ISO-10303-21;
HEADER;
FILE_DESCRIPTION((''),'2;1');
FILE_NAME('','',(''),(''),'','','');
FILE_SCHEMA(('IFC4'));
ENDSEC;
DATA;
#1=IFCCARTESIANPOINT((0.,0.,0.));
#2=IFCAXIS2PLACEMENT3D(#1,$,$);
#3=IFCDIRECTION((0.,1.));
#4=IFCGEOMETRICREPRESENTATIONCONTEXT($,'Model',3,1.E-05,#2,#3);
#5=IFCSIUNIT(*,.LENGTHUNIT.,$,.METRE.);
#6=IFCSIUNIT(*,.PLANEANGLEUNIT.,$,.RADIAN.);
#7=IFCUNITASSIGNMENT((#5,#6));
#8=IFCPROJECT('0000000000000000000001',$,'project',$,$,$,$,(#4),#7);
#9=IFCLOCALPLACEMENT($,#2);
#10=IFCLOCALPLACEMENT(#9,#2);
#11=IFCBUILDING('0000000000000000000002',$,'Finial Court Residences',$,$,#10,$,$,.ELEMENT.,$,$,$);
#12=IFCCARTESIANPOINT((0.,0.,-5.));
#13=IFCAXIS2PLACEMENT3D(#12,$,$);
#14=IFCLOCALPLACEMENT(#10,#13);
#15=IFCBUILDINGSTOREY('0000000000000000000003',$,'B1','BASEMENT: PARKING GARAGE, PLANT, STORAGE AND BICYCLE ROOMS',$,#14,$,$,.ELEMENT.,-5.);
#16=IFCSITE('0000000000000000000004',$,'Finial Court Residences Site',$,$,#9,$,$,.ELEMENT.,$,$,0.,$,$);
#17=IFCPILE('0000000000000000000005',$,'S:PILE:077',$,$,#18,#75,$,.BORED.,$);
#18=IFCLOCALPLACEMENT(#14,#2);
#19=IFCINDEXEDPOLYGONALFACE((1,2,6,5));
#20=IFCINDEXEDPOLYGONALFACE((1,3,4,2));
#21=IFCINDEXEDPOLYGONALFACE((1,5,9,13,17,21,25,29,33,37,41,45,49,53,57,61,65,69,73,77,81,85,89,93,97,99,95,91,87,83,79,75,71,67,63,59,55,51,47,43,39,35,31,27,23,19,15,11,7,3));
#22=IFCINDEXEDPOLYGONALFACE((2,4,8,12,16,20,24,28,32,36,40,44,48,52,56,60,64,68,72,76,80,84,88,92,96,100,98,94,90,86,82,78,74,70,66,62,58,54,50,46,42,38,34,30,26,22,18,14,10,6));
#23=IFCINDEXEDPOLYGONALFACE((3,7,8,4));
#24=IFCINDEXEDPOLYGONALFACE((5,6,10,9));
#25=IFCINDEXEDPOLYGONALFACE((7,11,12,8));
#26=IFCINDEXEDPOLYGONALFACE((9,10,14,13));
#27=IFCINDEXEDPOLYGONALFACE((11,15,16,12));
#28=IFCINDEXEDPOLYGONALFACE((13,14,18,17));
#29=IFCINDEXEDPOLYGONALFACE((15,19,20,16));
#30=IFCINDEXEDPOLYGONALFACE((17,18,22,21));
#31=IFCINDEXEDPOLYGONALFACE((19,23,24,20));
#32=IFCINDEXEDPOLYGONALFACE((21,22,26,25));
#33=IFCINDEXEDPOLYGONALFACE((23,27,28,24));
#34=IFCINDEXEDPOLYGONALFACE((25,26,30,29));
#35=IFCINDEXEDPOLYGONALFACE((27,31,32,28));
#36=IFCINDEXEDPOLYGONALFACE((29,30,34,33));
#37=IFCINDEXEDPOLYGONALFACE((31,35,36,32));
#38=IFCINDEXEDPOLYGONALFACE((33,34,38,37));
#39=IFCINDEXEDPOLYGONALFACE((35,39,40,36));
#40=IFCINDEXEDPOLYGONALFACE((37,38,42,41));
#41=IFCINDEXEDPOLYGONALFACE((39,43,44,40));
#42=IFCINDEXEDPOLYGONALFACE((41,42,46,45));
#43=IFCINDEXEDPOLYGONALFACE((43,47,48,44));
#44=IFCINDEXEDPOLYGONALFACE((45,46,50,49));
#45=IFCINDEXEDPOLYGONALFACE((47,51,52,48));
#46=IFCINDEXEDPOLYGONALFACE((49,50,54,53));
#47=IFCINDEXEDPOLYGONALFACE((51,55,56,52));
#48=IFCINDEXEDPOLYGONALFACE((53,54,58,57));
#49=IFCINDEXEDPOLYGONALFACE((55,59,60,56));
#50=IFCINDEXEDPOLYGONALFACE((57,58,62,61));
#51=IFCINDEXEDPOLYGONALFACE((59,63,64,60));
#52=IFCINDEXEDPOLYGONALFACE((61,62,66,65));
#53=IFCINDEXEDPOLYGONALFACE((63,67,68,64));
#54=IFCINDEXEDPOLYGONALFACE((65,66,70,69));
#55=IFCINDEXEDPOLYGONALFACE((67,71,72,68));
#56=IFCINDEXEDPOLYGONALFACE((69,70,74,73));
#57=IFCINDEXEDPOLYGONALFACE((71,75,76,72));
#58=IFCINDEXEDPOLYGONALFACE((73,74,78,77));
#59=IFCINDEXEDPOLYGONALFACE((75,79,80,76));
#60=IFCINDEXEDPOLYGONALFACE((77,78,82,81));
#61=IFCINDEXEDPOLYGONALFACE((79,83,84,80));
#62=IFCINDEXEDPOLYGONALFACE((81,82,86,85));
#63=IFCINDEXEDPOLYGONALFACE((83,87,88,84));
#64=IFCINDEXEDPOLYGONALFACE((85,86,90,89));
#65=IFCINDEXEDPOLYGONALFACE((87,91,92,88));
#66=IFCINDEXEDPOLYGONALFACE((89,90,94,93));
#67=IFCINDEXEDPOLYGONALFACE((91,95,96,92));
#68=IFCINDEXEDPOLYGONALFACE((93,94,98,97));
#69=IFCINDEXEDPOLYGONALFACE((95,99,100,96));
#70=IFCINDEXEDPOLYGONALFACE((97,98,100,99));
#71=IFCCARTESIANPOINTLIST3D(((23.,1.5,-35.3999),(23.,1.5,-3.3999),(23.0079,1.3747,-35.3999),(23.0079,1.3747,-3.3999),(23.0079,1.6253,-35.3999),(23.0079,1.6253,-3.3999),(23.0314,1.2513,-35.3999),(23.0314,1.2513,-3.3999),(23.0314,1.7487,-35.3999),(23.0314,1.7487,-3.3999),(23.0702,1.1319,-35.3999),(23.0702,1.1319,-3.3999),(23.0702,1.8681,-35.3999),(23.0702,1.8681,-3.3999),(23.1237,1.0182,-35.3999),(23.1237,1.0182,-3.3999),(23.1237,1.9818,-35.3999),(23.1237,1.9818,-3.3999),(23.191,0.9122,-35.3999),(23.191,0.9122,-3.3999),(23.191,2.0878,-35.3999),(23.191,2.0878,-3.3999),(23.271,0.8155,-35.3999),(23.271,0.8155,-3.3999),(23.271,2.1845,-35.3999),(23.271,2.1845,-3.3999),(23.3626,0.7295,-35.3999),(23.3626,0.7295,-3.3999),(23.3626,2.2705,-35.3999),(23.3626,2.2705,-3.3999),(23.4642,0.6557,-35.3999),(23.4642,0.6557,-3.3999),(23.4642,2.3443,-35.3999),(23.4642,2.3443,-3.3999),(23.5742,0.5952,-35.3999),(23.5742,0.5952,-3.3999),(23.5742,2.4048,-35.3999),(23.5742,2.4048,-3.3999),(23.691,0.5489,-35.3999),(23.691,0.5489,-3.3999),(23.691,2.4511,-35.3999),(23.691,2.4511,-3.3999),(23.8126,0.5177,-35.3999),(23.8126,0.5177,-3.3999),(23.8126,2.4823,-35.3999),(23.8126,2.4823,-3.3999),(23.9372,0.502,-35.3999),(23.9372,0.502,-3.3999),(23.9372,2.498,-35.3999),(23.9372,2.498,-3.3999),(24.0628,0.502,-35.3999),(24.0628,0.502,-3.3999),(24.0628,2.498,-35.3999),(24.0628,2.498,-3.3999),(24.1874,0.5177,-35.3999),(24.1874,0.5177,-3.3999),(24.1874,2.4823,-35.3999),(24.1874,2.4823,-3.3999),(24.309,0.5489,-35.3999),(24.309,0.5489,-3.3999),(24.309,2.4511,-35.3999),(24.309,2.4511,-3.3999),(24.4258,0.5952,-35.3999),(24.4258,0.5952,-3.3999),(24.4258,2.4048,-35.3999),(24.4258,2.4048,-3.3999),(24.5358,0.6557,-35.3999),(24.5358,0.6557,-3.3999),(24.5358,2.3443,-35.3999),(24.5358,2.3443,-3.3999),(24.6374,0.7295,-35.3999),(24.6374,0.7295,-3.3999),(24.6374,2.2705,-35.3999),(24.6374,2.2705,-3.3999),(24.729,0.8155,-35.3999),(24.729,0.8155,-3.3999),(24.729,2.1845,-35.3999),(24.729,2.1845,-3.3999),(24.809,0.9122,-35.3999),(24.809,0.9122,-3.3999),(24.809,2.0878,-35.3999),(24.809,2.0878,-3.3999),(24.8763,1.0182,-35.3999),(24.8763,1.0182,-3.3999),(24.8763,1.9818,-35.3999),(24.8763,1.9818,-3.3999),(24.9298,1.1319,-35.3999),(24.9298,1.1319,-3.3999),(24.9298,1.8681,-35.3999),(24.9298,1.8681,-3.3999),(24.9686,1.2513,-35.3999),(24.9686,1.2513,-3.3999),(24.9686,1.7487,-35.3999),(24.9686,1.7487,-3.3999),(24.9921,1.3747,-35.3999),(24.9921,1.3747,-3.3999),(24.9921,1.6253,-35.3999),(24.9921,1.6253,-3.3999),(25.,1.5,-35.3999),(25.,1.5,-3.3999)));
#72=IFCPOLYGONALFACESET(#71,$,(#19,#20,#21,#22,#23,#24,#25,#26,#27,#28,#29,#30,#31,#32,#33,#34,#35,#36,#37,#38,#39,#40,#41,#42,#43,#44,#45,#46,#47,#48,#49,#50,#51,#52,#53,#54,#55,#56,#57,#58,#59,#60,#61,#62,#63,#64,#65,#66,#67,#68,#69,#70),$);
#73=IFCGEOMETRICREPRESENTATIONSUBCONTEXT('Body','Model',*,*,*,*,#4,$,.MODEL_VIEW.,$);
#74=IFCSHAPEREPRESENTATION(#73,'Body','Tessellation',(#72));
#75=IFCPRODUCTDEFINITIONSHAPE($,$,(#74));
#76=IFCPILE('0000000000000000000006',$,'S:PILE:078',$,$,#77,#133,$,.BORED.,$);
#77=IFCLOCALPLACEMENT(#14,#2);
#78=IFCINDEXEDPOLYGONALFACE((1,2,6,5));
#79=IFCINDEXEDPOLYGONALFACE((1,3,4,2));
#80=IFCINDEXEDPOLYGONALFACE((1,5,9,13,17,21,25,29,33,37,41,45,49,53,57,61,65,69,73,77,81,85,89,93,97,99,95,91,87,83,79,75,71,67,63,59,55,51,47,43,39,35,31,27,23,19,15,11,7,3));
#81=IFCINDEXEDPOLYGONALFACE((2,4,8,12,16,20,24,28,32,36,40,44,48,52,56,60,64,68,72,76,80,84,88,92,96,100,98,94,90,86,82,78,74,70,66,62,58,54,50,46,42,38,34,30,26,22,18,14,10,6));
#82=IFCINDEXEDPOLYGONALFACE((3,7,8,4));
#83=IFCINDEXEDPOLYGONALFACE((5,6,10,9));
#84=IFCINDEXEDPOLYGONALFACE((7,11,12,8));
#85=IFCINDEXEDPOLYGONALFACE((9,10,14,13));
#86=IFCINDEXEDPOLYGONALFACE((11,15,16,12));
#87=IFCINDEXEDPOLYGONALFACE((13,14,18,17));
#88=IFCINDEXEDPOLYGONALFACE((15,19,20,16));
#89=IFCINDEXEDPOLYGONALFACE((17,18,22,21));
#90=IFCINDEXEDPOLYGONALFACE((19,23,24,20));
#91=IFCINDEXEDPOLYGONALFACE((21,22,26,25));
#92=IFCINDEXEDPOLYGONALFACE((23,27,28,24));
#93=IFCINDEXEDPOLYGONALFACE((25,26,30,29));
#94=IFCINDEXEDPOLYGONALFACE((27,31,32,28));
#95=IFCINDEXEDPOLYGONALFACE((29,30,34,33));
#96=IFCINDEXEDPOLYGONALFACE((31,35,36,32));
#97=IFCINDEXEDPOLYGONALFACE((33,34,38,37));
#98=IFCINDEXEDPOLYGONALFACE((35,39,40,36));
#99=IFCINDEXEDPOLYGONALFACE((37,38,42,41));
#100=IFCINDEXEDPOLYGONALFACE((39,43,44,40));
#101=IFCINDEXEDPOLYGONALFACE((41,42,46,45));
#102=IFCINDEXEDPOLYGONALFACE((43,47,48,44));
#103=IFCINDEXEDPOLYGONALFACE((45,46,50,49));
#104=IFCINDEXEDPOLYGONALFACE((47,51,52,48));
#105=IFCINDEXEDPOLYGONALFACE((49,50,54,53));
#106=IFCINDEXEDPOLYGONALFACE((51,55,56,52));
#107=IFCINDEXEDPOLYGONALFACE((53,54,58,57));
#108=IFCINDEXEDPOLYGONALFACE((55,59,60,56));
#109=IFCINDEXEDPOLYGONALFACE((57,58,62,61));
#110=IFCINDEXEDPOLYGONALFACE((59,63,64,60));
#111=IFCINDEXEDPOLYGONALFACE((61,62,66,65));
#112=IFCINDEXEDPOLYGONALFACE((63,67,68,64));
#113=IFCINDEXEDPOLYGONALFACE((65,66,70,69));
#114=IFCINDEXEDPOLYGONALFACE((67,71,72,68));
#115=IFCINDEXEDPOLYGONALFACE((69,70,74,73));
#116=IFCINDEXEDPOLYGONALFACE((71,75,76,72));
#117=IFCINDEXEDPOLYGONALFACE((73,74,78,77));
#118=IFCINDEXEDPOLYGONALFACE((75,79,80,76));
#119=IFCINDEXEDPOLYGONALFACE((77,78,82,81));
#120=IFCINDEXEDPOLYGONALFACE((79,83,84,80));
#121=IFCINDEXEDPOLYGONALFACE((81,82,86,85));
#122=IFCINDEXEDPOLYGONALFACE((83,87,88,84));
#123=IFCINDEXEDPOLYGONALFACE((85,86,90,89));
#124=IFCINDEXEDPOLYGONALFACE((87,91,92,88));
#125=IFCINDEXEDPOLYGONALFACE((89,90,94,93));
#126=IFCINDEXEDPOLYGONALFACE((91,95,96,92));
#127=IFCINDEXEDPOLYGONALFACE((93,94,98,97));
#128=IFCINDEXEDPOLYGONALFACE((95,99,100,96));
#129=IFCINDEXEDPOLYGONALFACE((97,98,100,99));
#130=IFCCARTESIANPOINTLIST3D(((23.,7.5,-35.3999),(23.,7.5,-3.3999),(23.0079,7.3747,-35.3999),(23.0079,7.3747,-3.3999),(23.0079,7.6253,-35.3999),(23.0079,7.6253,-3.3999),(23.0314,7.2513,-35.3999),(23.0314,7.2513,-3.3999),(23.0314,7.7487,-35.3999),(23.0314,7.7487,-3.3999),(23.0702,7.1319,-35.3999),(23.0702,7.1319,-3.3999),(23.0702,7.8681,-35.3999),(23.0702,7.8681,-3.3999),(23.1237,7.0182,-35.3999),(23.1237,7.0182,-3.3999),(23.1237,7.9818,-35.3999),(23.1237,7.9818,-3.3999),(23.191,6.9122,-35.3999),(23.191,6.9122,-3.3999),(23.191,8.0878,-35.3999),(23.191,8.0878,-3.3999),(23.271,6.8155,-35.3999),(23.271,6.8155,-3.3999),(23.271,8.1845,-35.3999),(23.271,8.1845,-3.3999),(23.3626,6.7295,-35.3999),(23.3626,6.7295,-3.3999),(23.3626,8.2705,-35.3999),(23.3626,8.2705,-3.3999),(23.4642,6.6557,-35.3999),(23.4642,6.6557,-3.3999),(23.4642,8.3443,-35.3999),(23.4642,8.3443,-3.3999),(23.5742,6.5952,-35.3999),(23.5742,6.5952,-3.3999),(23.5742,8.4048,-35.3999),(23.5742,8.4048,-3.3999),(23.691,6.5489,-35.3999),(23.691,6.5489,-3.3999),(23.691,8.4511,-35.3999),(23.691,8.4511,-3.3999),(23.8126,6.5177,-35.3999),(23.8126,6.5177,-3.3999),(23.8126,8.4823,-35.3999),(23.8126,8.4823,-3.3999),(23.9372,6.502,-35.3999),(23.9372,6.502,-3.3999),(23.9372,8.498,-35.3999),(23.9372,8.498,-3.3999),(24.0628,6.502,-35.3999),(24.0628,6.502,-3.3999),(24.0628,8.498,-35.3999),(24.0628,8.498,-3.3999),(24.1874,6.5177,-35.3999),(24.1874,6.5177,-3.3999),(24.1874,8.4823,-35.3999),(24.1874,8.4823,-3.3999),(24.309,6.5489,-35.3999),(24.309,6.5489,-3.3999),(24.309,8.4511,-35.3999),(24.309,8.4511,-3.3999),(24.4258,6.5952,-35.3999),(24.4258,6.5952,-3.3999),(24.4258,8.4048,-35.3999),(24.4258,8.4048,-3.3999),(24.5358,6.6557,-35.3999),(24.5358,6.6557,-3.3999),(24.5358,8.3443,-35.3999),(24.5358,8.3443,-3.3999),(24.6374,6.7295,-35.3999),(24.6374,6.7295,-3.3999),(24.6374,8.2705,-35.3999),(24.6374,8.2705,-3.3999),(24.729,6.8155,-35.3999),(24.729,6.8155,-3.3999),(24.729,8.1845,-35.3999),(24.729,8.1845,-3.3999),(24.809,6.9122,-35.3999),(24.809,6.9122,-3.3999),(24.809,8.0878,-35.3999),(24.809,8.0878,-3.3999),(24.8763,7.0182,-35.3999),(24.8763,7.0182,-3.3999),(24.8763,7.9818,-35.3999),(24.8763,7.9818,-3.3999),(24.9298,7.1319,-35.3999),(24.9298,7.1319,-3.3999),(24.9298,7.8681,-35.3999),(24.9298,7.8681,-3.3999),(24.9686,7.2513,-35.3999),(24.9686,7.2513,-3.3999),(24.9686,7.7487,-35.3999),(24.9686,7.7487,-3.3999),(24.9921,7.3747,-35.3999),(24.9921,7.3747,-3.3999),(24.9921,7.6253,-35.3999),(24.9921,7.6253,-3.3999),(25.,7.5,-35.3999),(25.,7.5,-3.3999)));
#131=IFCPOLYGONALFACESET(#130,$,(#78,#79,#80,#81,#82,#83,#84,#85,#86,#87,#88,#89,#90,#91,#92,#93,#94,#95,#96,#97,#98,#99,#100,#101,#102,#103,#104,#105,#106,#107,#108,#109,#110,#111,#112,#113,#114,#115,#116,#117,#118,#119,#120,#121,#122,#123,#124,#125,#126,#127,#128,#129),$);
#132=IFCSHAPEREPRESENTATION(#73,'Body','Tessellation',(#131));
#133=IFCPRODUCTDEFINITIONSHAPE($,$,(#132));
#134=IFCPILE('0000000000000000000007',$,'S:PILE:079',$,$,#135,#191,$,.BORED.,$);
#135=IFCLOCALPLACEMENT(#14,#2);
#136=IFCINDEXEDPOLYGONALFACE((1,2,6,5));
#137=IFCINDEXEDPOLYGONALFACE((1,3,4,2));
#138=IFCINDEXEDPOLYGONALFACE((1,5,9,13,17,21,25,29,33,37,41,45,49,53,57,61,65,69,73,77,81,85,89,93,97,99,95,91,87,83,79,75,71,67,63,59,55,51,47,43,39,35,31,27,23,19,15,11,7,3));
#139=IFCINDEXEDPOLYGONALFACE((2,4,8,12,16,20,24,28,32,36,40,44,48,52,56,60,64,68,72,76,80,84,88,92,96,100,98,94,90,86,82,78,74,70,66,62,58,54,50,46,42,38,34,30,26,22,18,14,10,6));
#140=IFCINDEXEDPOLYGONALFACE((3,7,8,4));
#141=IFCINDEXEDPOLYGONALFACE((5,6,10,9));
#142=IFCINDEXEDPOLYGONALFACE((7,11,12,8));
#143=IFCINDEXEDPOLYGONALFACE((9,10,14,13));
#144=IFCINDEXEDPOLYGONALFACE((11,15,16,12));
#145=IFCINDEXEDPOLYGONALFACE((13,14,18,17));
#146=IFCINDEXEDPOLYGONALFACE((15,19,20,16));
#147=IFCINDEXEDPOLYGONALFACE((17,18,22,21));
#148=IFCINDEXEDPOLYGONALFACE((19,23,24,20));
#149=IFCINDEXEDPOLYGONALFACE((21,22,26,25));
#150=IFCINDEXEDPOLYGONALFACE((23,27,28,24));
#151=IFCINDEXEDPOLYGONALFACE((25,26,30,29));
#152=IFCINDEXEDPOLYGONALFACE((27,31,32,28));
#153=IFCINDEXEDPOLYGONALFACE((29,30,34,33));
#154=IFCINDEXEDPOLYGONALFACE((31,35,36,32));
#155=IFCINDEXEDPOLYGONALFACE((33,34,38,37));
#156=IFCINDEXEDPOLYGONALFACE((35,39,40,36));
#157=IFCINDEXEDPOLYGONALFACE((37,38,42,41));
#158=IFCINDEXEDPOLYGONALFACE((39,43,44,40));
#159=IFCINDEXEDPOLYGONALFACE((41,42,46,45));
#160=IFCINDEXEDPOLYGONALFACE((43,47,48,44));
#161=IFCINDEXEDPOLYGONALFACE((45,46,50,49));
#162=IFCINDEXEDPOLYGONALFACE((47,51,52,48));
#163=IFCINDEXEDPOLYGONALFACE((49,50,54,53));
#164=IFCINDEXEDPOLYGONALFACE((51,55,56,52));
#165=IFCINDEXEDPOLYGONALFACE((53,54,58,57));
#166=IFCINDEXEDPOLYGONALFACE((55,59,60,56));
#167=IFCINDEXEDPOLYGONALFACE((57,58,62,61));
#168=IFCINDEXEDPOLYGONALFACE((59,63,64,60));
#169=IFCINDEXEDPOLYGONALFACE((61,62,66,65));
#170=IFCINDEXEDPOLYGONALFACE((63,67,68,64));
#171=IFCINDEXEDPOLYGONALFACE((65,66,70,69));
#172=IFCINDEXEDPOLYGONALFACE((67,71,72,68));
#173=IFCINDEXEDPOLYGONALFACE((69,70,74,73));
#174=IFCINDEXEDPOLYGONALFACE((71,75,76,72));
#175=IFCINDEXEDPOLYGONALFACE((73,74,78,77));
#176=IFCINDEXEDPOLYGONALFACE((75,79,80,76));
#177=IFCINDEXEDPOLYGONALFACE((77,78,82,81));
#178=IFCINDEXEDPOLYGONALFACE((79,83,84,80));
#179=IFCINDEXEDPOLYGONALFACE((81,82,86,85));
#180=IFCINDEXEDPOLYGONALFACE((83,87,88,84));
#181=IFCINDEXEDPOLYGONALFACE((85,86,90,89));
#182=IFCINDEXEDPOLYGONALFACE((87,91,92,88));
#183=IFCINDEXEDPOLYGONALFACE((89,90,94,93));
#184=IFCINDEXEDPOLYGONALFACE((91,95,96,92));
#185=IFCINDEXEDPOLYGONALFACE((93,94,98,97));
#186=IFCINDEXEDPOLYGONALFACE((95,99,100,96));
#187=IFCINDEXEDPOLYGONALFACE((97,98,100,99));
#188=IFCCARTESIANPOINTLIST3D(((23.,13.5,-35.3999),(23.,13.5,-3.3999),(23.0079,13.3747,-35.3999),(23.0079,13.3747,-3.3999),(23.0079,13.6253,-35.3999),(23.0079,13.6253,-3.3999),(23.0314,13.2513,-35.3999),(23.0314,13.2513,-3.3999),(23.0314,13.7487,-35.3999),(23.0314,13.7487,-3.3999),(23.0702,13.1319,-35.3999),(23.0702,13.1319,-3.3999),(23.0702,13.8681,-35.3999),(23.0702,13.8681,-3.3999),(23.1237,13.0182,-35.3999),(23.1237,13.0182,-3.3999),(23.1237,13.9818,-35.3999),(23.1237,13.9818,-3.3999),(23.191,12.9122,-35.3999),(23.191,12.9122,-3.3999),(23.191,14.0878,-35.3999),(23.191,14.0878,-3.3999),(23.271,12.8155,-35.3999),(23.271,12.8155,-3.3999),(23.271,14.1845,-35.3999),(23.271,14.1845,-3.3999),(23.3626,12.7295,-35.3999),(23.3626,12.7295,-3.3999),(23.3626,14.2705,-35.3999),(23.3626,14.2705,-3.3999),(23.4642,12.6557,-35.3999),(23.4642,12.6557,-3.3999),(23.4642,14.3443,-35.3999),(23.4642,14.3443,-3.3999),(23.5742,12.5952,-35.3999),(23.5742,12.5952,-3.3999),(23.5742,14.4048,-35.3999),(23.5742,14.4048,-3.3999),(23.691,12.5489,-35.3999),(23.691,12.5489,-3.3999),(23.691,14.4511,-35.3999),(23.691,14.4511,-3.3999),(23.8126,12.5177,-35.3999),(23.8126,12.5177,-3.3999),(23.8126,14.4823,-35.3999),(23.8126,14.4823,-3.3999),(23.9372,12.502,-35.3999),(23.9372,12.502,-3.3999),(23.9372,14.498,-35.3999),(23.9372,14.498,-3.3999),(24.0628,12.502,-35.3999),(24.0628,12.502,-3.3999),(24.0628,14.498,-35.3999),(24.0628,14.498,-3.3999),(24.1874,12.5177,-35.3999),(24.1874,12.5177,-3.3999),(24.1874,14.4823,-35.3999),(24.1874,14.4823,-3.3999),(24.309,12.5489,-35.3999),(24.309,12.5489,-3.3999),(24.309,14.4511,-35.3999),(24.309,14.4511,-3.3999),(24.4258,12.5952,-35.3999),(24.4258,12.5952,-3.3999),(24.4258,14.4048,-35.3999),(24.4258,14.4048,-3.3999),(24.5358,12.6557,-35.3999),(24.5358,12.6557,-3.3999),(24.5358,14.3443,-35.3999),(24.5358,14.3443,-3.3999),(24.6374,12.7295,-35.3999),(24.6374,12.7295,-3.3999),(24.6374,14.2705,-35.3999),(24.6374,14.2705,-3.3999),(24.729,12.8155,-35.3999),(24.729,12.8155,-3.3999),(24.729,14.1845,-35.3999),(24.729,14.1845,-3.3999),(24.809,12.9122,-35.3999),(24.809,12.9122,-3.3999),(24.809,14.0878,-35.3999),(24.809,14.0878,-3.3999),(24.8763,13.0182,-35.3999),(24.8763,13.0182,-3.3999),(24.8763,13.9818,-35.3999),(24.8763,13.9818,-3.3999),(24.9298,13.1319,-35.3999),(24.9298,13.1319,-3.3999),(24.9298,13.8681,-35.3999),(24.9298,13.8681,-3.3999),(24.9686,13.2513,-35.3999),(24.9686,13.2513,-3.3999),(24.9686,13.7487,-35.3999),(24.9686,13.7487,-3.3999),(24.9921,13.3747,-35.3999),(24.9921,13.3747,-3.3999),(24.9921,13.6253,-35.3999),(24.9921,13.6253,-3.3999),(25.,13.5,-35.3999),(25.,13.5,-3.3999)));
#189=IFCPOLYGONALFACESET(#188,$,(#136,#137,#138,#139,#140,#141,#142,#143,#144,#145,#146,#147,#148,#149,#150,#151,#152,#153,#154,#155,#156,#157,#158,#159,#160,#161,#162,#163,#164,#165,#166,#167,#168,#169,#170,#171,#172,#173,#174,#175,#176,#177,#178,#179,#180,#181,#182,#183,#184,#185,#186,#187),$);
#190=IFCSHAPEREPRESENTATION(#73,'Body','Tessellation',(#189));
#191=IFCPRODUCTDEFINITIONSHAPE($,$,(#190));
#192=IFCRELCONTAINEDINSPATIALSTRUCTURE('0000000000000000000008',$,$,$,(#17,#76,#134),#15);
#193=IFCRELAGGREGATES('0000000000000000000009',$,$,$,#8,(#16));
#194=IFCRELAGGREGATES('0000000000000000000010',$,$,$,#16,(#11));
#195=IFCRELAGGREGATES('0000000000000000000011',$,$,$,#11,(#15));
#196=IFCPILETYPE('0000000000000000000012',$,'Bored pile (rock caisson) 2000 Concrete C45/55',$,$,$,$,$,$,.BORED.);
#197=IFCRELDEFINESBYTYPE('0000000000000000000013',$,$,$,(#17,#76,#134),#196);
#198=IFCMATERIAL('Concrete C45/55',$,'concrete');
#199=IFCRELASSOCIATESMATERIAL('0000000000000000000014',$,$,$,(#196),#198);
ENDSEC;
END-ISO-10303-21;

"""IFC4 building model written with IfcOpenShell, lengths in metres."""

from ifc_helpers import new_model, si_unit, direction, frame, origin, origin_2d, place, context, subcontext, project, spatial, circle, extrude, material, material_profile, profile_set, type_object, element, save


model = new_model("IFC4")

# Units and contexts
model_context = context("Model", 3, precision=1e-05, world=origin(), true_north=direction((0.0, 1.0)))
body_context = subcontext(model_context, "Body", "Model", "MODEL_VIEW")
ifc_project = project(units=[si_unit("LENGTHUNIT", "METRE"), si_unit("PLANEANGLEUNIT", "RADIAN")], contexts=[model_context])

# Site, building, storey
site_placement = place(None, origin())
site = spatial("IfcSite", under=ifc_project, at=site_placement, Name="Finial Court Residences Site", CompositionType="ELEMENT", RefElevation=0.0)
building_placement = place(site_placement, origin())
building = spatial("IfcBuilding", under=site, at=building_placement, Name="Finial Court Residences", CompositionType="ELEMENT")
storey_placement = place(building_placement, frame((0.0, 0.0, -5.0)))
storey = spatial("IfcBuildingStorey", under=building, at=storey_placement, Name="B1", Description="BASEMENT: PARKING GARAGE, PLANT, STORAGE AND BICYCLE ROOMS", CompositionType="ELEMENT", Elevation=-5.0)

# Piles
ifc_material_1 = material(Name="Concrete C45/55", Category="concrete")
ifc_material_profile_1 = material_profile(ifc_material_1, circle(Radius=1.0, at=origin_2d()), Name="D2000")
ifc_profile_set_1 = profile_set([ifc_material_profile_1], Name="Concrete C45/55")
pile_type = type_object("IfcPileType", Name="Bored pile (rock caisson) 2000 Concrete C45/55", PredefinedType="BORED", material=ifc_profile_set_1)
for number, where, z_axis, x_axis, name in (
    (1, (24.0, 1.5, -3.3999), (0.0, 0.0, -1.0), (1.0, 0.0, 0.0), "S:PILE:077"),
    (2, (24.0, 7.5, -3.3999), (0.0, 0.0, -1.0), (1.0, 0.0, 0.0), "S:PILE:078"),
    (3, (24.0, 13.5, -3.3999), (0.0, 0.0, -1.0), (1.0, 0.0, 0.0), "S:PILE:079"),
):
    element("IfcPile", number, at=place(storey_placement, frame(where, z_axis=z_axis, x_axis=x_axis)), inside=storey, type_object=pile_type, Name=name, PredefinedType="BORED", context=body_context, shape_type="SweptSolid", body=[
        extrude(circle(Radius=1.0, at=origin_2d()), origin(), (0.0, 0.0, 1.0), 32.0),
    ])

save(model, "model.ifc")
